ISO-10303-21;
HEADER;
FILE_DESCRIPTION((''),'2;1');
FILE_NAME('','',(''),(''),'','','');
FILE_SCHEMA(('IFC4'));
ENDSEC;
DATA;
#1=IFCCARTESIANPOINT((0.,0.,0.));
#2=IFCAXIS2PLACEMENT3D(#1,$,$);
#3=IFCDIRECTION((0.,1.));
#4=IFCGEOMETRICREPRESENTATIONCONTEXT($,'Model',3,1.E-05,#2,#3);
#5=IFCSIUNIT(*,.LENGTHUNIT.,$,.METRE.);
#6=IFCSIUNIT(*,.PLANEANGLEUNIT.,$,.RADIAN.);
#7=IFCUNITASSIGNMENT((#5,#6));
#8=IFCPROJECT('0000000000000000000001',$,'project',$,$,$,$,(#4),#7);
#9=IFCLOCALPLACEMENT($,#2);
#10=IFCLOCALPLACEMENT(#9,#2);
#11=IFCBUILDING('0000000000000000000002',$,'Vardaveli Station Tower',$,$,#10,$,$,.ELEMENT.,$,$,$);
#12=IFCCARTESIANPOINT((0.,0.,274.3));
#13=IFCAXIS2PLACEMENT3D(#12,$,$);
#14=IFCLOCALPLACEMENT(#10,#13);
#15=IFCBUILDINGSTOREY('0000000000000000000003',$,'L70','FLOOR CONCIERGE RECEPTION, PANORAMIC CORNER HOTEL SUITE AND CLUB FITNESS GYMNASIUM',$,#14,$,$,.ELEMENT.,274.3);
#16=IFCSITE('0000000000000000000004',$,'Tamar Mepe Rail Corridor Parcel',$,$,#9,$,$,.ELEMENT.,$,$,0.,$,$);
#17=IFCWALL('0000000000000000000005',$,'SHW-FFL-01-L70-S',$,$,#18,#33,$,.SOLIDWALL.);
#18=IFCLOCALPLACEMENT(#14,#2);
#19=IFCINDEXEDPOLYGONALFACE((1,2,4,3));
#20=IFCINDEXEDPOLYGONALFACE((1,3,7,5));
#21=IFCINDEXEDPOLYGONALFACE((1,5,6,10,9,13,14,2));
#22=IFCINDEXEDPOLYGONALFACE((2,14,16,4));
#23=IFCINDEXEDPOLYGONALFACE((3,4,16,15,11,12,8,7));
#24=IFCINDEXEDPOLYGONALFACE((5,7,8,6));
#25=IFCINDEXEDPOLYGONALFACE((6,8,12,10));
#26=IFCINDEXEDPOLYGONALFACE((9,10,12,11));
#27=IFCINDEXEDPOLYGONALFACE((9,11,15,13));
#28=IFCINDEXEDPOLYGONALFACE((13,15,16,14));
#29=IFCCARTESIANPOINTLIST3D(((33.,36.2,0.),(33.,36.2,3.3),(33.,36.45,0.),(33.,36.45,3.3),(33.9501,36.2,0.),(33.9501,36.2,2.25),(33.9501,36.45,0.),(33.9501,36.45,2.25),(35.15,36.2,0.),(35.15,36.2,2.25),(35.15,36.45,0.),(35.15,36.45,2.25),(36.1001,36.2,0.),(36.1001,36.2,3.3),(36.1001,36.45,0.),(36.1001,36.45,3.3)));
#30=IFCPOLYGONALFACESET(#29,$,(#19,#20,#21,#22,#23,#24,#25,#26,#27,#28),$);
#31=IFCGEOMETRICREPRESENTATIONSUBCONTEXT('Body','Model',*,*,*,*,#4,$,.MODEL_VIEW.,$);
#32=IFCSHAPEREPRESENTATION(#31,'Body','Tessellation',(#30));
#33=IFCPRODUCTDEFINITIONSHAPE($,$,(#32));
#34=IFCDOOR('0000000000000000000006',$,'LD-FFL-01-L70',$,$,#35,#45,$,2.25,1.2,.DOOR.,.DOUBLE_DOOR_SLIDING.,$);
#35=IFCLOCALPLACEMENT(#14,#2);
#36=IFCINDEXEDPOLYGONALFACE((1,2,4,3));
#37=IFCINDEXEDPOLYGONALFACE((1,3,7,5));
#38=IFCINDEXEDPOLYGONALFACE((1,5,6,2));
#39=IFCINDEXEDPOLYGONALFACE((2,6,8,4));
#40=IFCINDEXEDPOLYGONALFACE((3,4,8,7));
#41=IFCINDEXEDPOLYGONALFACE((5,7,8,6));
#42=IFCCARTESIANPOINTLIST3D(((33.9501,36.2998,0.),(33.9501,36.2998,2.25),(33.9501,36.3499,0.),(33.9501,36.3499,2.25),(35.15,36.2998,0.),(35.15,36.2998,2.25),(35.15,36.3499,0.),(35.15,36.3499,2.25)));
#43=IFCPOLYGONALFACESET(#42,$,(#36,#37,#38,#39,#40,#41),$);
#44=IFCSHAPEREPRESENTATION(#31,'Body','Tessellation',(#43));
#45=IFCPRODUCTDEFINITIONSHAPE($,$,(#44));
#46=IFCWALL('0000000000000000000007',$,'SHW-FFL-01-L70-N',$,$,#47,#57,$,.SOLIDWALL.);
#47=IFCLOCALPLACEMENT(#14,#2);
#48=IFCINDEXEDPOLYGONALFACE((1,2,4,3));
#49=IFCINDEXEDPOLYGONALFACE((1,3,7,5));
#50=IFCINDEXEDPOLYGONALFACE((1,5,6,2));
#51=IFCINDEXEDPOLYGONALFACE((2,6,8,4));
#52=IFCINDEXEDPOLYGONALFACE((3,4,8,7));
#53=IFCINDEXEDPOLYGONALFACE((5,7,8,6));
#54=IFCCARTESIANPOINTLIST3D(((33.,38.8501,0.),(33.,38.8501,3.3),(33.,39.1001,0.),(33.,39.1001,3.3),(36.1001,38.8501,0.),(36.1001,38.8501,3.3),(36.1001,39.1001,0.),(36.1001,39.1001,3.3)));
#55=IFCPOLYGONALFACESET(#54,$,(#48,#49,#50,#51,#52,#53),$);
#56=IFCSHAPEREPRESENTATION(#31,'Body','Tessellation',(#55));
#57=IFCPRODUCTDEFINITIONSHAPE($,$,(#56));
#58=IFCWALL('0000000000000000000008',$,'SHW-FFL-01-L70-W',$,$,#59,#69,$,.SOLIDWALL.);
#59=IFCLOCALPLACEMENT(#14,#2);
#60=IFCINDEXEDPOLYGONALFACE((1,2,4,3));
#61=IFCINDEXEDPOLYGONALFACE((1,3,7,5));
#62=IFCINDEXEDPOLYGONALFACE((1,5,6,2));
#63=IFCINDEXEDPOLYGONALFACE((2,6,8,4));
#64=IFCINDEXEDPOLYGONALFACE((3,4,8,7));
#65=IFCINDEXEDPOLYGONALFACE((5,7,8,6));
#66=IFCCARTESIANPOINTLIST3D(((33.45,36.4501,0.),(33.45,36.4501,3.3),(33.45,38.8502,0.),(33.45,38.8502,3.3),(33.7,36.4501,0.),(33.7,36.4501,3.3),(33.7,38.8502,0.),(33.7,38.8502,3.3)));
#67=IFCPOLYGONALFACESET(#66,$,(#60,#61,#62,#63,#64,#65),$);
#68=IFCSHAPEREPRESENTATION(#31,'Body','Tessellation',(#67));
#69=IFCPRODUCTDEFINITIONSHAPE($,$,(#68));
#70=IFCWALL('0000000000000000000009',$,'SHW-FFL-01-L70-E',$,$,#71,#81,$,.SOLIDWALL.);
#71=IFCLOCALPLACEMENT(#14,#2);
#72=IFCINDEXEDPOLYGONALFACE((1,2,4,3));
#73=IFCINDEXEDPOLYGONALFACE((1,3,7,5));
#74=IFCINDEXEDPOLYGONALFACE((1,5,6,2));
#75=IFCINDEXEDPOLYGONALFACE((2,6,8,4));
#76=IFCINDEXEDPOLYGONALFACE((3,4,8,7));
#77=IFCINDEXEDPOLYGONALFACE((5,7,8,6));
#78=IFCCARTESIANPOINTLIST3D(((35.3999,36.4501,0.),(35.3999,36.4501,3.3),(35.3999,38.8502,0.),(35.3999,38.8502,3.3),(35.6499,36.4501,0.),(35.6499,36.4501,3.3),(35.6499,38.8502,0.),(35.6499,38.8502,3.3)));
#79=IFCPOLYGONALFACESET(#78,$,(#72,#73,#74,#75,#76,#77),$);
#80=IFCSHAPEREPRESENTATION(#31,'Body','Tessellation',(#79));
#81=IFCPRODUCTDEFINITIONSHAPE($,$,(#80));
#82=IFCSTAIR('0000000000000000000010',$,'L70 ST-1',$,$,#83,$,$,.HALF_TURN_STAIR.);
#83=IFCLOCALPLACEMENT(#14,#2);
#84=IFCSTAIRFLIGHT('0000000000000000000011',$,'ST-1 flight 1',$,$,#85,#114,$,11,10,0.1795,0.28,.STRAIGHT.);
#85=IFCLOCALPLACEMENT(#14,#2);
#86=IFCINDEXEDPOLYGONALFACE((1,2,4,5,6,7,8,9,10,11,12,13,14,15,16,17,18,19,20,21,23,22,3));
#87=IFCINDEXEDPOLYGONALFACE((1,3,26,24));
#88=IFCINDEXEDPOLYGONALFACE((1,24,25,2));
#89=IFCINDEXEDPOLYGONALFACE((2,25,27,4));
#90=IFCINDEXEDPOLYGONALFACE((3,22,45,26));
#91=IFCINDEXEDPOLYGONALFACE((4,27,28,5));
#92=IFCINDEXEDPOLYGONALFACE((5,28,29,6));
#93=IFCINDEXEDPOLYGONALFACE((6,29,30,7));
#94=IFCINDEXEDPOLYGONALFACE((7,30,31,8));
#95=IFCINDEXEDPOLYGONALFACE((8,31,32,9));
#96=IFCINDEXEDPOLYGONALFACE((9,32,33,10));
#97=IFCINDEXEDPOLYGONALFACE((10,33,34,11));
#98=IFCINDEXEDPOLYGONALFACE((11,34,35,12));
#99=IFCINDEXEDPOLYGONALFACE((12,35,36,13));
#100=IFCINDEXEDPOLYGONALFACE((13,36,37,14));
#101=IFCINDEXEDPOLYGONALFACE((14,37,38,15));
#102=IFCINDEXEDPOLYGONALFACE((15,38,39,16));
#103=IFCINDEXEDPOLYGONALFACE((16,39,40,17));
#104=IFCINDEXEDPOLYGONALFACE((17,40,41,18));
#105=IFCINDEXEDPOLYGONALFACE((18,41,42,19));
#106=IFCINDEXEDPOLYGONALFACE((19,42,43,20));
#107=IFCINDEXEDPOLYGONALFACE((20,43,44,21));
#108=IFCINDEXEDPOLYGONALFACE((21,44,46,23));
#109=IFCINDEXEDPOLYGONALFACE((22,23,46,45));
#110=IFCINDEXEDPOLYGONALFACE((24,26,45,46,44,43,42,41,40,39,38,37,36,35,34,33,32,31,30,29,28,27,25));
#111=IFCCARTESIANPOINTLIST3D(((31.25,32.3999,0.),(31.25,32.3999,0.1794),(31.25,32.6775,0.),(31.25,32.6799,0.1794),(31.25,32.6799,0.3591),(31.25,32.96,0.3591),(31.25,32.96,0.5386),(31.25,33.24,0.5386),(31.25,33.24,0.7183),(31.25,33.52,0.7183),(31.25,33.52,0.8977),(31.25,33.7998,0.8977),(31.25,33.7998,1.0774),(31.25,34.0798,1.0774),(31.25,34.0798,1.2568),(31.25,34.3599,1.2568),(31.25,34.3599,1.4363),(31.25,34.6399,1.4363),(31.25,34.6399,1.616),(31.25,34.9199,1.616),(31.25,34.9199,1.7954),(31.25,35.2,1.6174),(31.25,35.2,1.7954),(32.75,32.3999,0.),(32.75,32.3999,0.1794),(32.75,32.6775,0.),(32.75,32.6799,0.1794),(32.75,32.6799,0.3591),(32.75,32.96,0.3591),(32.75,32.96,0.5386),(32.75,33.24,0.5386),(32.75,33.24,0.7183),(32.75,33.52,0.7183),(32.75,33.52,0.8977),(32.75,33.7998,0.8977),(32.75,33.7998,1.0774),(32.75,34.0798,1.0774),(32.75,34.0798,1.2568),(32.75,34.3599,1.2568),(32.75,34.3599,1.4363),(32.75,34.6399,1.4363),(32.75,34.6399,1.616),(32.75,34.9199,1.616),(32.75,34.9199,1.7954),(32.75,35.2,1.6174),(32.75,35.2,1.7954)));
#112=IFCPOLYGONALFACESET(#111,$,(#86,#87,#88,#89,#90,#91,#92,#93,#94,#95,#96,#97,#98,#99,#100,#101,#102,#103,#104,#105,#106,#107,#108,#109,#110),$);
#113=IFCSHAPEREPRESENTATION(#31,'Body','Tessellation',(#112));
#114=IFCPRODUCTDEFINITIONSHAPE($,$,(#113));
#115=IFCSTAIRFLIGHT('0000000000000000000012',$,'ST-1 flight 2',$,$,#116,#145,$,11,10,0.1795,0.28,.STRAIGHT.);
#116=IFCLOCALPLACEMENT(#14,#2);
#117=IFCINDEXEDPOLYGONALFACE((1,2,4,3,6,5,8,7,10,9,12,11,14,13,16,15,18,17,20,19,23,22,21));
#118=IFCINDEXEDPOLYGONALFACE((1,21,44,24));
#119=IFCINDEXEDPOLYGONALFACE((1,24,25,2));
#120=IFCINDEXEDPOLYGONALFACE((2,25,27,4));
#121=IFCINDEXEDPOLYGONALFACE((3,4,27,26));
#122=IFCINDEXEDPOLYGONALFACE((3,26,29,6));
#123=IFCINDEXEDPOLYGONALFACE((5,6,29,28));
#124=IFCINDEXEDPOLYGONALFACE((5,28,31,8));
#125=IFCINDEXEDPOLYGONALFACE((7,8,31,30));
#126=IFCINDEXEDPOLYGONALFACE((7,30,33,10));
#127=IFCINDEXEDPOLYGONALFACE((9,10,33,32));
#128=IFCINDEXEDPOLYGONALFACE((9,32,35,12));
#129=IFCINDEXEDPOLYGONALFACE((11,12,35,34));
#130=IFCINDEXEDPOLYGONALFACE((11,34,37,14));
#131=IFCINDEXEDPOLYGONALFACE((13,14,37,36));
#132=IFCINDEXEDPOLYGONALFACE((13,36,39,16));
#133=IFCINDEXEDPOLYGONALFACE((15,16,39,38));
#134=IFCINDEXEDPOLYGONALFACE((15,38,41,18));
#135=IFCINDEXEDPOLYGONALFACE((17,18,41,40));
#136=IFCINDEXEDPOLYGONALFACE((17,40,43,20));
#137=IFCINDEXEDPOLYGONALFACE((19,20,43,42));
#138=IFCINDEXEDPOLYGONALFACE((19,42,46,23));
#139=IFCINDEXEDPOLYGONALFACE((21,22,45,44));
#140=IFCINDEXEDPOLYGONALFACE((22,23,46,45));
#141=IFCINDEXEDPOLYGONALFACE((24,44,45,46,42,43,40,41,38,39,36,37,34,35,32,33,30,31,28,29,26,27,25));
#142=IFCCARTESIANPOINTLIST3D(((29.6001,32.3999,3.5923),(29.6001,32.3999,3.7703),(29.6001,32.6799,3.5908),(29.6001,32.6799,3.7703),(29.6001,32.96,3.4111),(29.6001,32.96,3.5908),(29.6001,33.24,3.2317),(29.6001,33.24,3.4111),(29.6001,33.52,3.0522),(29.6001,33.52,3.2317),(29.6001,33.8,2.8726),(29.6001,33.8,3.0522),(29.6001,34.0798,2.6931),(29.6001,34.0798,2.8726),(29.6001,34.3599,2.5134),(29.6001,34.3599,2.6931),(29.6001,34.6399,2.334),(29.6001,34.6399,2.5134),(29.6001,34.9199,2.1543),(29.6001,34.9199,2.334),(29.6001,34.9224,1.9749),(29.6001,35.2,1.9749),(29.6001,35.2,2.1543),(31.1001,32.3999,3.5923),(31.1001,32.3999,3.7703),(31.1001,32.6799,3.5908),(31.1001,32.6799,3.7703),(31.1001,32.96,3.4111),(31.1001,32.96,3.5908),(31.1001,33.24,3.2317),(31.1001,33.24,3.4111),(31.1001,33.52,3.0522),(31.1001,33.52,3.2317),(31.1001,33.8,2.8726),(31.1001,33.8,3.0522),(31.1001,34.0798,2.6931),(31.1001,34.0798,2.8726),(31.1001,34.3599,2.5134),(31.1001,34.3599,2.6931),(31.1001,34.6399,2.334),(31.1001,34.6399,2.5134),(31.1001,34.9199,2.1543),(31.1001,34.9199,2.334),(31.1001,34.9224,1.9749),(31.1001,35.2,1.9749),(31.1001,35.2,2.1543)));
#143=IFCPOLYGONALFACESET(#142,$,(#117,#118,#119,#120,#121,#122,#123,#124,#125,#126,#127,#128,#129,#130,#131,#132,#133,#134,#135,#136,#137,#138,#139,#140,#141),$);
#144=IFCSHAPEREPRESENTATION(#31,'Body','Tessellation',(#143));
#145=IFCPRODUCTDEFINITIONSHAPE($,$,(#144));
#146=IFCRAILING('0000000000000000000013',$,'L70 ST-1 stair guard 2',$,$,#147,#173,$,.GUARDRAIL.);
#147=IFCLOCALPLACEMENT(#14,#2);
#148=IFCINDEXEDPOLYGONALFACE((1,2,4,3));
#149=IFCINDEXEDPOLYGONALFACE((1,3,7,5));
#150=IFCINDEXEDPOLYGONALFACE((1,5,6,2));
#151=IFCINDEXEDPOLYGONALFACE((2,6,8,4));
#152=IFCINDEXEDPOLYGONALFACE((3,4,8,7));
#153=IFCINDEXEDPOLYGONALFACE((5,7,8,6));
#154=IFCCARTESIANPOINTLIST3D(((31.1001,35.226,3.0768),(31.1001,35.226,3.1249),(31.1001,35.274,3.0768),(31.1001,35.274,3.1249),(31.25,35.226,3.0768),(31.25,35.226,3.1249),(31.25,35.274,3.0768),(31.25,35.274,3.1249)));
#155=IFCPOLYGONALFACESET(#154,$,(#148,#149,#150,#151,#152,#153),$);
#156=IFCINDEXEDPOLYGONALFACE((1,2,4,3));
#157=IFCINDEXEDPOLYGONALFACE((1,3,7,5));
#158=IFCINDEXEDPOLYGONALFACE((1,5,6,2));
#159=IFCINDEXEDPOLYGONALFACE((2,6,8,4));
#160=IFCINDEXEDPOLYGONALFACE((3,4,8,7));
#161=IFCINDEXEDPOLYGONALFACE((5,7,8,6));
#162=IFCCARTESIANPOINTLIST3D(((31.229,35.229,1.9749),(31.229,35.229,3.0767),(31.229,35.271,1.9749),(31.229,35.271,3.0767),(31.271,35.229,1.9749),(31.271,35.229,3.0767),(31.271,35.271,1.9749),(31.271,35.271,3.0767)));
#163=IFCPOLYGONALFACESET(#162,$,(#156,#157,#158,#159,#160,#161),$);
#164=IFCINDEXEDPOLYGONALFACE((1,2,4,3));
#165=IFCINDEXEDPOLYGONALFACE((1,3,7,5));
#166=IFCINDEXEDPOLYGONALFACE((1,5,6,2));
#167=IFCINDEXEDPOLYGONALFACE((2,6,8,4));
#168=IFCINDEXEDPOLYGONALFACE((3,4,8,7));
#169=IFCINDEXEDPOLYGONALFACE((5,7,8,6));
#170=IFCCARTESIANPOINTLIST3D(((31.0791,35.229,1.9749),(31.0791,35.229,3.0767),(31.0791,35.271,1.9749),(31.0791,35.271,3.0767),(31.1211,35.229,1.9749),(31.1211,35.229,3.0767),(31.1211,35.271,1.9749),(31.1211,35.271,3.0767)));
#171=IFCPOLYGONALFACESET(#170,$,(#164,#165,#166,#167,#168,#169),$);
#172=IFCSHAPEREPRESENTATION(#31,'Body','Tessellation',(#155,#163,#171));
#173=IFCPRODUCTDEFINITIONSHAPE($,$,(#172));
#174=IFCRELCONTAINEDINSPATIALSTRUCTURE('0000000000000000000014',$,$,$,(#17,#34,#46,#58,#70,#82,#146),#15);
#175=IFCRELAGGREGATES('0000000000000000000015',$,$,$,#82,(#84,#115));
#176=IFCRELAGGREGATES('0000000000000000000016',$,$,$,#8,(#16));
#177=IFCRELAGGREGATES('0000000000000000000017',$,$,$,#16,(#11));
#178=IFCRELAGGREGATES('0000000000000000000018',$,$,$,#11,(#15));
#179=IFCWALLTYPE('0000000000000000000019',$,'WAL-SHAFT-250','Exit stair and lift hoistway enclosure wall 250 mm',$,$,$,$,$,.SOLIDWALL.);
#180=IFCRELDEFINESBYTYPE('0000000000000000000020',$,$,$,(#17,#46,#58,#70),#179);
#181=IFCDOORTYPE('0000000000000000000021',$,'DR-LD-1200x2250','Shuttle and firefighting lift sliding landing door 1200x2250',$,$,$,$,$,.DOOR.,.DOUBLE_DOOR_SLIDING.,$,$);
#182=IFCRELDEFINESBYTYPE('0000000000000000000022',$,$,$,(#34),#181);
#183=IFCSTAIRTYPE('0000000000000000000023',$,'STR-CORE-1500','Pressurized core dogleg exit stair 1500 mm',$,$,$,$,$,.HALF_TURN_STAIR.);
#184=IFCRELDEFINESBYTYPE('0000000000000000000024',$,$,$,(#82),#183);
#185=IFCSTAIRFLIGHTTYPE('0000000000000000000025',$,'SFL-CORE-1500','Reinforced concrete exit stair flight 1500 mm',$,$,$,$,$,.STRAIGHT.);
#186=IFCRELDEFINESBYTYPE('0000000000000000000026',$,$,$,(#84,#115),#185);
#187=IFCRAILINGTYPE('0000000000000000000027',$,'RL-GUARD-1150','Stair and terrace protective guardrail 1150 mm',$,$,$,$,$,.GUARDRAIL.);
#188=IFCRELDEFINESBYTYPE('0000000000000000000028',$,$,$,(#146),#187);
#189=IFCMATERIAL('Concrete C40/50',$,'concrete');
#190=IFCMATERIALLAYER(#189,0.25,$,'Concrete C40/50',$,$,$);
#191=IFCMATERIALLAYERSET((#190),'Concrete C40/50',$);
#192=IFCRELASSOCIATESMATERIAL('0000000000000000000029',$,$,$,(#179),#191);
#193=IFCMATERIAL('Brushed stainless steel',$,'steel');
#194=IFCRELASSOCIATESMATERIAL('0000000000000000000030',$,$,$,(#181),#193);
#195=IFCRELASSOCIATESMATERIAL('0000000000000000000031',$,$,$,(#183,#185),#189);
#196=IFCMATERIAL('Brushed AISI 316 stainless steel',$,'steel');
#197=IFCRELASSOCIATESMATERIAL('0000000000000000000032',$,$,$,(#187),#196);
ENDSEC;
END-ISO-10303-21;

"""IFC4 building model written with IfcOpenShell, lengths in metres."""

from ifc_helpers import new_model, si_unit, direction, frame, frame_2d, origin, origin_2d, place, context, subcontext, project, spatial, polyline, rectangle, outline, extrude, source, transform, mapped, material, layer, layer_set, type_object, element, fill, aggregate, save


model = new_model("IFC4")

# Units and contexts
model_context = context("Model", 3, precision=1e-05, world=origin(), true_north=direction((0.0, 1.0)))
body_context = subcontext(model_context, "Body", "Model", "MODEL_VIEW")
ifc_project = project(units=[si_unit("LENGTHUNIT", "METRE"), si_unit("PLANEANGLEUNIT", "RADIAN")], contexts=[model_context])

# Site, building, storey
site_placement = place(None, origin())
site = spatial("IfcSite", under=ifc_project, at=site_placement, Name="Tamar Mepe Rail Corridor Parcel", CompositionType="ELEMENT", RefElevation=0.0)
building_placement = place(site_placement, origin())
building = spatial("IfcBuilding", under=site, at=building_placement, Name="Vardaveli Station Tower", CompositionType="ELEMENT")
storey_placement = place(building_placement, frame((0.0, 0.0, 274.3)))
storey = spatial("IfcBuildingStorey", under=building, at=storey_placement, Name="L70", Description="FLOOR CONCIERGE RECEPTION, PANORAMIC CORNER HOTEL SUITE AND CLUB FITNESS GYMNASIUM", CompositionType="ELEMENT", Elevation=274.3)

# Shared definitions
ifc_material_1 = material(Name="Concrete C40/50", Category="concrete")
ifc_layer_1 = layer(ifc_material_1, 0.25, Name="Concrete C40/50")
ifc_layer_set_1 = layer_set([ifc_layer_1], Name="Concrete C40/50")
wall_type_1 = type_object("IfcWallType", Name="WAL-SHAFT-250", Description="Exit stair and lift hoistway enclosure wall 250 mm", PredefinedType="SOLIDWALL", material=ifc_layer_set_1)

# Wall, opening, door
shared_shape_1 = source(origin(), body_context, "Body", "SweptSolid", [
    extrude(rectangle(XDim=3.1001, YDim=0.25, at=frame_2d((1.55, 0.0))), origin(), (0.0, 0.0, 1.0), 3.3),
])
wall_1_placement = place(storey_placement, frame((33.0, 36.325, 0.0), z_axis=(0.0, 0.0, 1.0), x_axis=(1.0, 0.0, 0.0)))
wall_1 = element("IfcWall", 1, at=wall_1_placement, inside=storey, type_object=wall_type_1, Name="SHW-FFL-01-L70-S", PredefinedType="SOLIDWALL", context=body_context, shape_type="MappedRepresentation", body=[
    mapped(shared_shape_1, transform((0.0, 0.0, 0.0), scale=1.0)),
])
shared_shape_2 = source(origin(), body_context, "Body", "SweptSolid", [
    extrude(rectangle(XDim=1.2, YDim=2.25, at=frame_2d((0.6001, 1.125))), frame((0.0, 0.135, 0.0), z_axis=(0.0, -1.0, 0.0), x_axis=(1.0, 0.0, 0.0)), (0.0, 0.0, 1.0), 0.27),
])
opening_1_placement = place(wall_1_placement, frame((0.95, 0.0, 0.0)))
opening_1 = element("IfcOpeningElement", 2, at=opening_1_placement, cuts=wall_1, PredefinedType="OPENING", context=body_context, shape_type="MappedRepresentation", body=[
    mapped(shared_shape_2, transform((0.0, 0.0, 0.0), scale=1.0)),
])
ifc_material_2 = material(Name="Brushed stainless steel", Category="steel")
door_type = type_object("IfcDoorType", Name="DR-LD-1200x2250", Description="Shuttle and firefighting lift sliding landing door 1200x2250", OperationType="DOUBLE_DOOR_SLIDING", PredefinedType="DOOR", material=ifc_material_2)
shared_shape_3 = source(origin(), body_context, "Body", "SweptSolid", [
    extrude(rectangle(XDim=1.2, YDim=2.25, at=frame_2d((0.6001, 1.125))), frame((0.0, 0.0249, 0.0), z_axis=(0.0, -1.0, 0.0), x_axis=(1.0, 0.0, 0.0)), (0.0, 0.0, 1.0), 0.05),
])
door_placement = place(opening_1_placement, origin())
door = element("IfcDoor", 3, at=door_placement, inside=storey, type_object=door_type, Name="LD-FFL-01-L70", OperationType="DOUBLE_DOOR_SLIDING", OverallHeight=2.25, OverallWidth=1.2, PredefinedType="DOOR", context=body_context, shape_type="MappedRepresentation", body=[
    mapped(shared_shape_3, transform((0.0, 0.0, 0.0), scale=1.0)),
])
fill(opening_1, door)

# Walls
wall_2_placement = place(storey_placement, frame((33.0, 38.9751, 0.0), z_axis=(0.0, 0.0, 1.0), x_axis=(1.0, 0.0, 0.0)))
element("IfcWall", 4, at=wall_2_placement, inside=storey, type_object=wall_type_1, Name="SHW-FFL-01-L70-N", PredefinedType="SOLIDWALL", context=body_context, shape_type="MappedRepresentation", body=[
    mapped(shared_shape_1, transform((0.0, 0.0, 0.0), scale=1.0)),
])
shared_shape_4 = source(origin(), body_context, "Body", "SweptSolid", [
    extrude(rectangle(XDim=2.4001, YDim=0.25, at=frame_2d((1.2002, 0.0))), origin(), (0.0, 0.0, 1.0), 3.3),
])
for number, where, z_axis, x_axis, name in (
    (5, (33.575, 36.45, 0.0), (0.0, 0.0, 1.0), (0.0, 1.0, 0.0), "SHW-FFL-01-L70-W"),
    (6, (35.5249, 36.45, 0.0), (0.0, 0.0, 1.0), (0.0, 1.0, 0.0), "SHW-FFL-01-L70-E"),
):
    element("IfcWall", number, at=place(storey_placement, frame(where, z_axis=z_axis, x_axis=x_axis)), inside=storey, type_object=wall_type_1, Name=name, PredefinedType="SOLIDWALL", context=body_context, shape_type="MappedRepresentation", body=[
        mapped(shared_shape_4, transform((0.0, 0.0, 0.0), scale=1.0)),
    ])

# Stair, stair flights
stair_type = type_object("IfcStairType", Name="STR-CORE-1500", Description="Pressurized core dogleg exit stair 1500 mm", PredefinedType="HALF_TURN_STAIR", material=ifc_material_1)
stair_placement = place(storey_placement, origin())
stair = element("IfcStair", 7, at=stair_placement, inside=storey, type_object=stair_type, Name="L70 ST-1", PredefinedType="HALF_TURN_STAIR")
stair_flight_type = type_object("IfcStairFlightType", Name="SFL-CORE-1500", Description="Reinforced concrete exit stair flight 1500 mm", PredefinedType="STRAIGHT", material=ifc_material_1)
shared_shape_5 = source(origin(), body_context, "Body", "SweptSolid", [
    extrude(outline(polyline([(0.0, 0.0), (0.0, 0.1794), (0.28, 0.1794), (0.28, 0.3591), (0.5601, 0.3591), (0.5601, 0.5386), (0.8401, 0.5386), (0.8401, 0.7183), (1.1201, 0.7183), (1.1201, 0.8977), (1.3999, 0.8977), (1.3999, 1.0774), (1.6799, 1.0774), (1.6799, 1.2568), (1.96, 1.2568), (1.96, 1.4363), (2.24, 1.4363), (2.24, 1.616), (2.52, 1.616), (2.52, 1.7954), (2.8, 1.7954), (2.8, 1.9751), (2.8, 1.6174), (0.2776, 0.0), (0.0, 0.0)])), frame((0.0, 0.75, 0.0), z_axis=(0.0, -1.0, 0.0), x_axis=(1.0, 0.0, 0.0)), (0.0, 0.0, 1.0), 1.5),
])
stair_flight_1_placement = place(storey_placement, frame((32.0, 32.3999, 0.0), z_axis=(0.0, 0.0, 1.0), x_axis=(0.0, 1.0, 0.0)))
stair_flight_1 = element("IfcStairFlight", 8, at=stair_flight_1_placement, type_object=stair_flight_type, Name="ST-1 flight 1", NumberOfRisers=11, NumberOfTreads=10, PredefinedType="STRAIGHT", RiserHeight=0.1795, TreadLength=0.28, context=body_context, shape_type="MappedRepresentation", body=[
    mapped(shared_shape_5, transform((0.0, 0.0, 0.0), scale=1.0)),
])
stair_flight_2_placement = place(storey_placement, frame((30.3501, 35.2, 1.9749), z_axis=(0.0, 0.0, 1.0), x_axis=(0.0, -1.0, 0.0)))
stair_flight_2 = element("IfcStairFlight", 9, at=stair_flight_2_placement, type_object=stair_flight_type, Name="ST-1 flight 2", NumberOfRisers=11, NumberOfTreads=10, PredefinedType="STRAIGHT", RiserHeight=0.1795, TreadLength=0.28, context=body_context, shape_type="MappedRepresentation", body=[
    mapped(shared_shape_5, transform((0.0, 0.0, 0.0), scale=1.0)),
])
aggregate(stair, [stair_flight_1, stair_flight_2])

# Railing
ifc_material_3 = material(Name="Brushed AISI 316 stainless steel", Category="steel")
railing_type_1 = type_object("IfcRailingType", Name="RL-GUARD-1150", Description="Stair and terrace protective guardrail 1150 mm", PredefinedType="GUARDRAIL", material=ifc_material_3)
shared_shape_6 = source(origin(), body_context, "Body", "SweptSolid", [
    extrude(rectangle(XDim=0.0481, YDim=0.0481, at=origin_2d()), frame((0.0, 0.0, 1.126), z_axis=(-1.0, 0.0, 0.0), x_axis=(0.0, -1.0, 0.0)), (0.0, 0.0, 1.0), 0.1499),
    extrude(rectangle(XDim=0.042, YDim=0.042, at=origin_2d()), origin(), (0.0, 0.0, 1.0), 1.1018),
    extrude(rectangle(XDim=0.042, YDim=0.042, at=origin_2d()), frame((-0.1499, 0.0, 0.0)), (0.0, 0.0, 1.0), 1.1018),
])
railing_1_placement = place(storey_placement, frame((31.25, 35.25, 1.9749)))
element("IfcRailing", 10, at=railing_1_placement, inside=storey, type_object=railing_type_1, Name="L70 ST-1 stair guard 2", PredefinedType="GUARDRAIL", context=body_context, shape_type="MappedRepresentation", body=[
    mapped(shared_shape_6, transform((0.0, 0.0, 0.0), scale=1.0)),
])

save(model, "model.ifc")
